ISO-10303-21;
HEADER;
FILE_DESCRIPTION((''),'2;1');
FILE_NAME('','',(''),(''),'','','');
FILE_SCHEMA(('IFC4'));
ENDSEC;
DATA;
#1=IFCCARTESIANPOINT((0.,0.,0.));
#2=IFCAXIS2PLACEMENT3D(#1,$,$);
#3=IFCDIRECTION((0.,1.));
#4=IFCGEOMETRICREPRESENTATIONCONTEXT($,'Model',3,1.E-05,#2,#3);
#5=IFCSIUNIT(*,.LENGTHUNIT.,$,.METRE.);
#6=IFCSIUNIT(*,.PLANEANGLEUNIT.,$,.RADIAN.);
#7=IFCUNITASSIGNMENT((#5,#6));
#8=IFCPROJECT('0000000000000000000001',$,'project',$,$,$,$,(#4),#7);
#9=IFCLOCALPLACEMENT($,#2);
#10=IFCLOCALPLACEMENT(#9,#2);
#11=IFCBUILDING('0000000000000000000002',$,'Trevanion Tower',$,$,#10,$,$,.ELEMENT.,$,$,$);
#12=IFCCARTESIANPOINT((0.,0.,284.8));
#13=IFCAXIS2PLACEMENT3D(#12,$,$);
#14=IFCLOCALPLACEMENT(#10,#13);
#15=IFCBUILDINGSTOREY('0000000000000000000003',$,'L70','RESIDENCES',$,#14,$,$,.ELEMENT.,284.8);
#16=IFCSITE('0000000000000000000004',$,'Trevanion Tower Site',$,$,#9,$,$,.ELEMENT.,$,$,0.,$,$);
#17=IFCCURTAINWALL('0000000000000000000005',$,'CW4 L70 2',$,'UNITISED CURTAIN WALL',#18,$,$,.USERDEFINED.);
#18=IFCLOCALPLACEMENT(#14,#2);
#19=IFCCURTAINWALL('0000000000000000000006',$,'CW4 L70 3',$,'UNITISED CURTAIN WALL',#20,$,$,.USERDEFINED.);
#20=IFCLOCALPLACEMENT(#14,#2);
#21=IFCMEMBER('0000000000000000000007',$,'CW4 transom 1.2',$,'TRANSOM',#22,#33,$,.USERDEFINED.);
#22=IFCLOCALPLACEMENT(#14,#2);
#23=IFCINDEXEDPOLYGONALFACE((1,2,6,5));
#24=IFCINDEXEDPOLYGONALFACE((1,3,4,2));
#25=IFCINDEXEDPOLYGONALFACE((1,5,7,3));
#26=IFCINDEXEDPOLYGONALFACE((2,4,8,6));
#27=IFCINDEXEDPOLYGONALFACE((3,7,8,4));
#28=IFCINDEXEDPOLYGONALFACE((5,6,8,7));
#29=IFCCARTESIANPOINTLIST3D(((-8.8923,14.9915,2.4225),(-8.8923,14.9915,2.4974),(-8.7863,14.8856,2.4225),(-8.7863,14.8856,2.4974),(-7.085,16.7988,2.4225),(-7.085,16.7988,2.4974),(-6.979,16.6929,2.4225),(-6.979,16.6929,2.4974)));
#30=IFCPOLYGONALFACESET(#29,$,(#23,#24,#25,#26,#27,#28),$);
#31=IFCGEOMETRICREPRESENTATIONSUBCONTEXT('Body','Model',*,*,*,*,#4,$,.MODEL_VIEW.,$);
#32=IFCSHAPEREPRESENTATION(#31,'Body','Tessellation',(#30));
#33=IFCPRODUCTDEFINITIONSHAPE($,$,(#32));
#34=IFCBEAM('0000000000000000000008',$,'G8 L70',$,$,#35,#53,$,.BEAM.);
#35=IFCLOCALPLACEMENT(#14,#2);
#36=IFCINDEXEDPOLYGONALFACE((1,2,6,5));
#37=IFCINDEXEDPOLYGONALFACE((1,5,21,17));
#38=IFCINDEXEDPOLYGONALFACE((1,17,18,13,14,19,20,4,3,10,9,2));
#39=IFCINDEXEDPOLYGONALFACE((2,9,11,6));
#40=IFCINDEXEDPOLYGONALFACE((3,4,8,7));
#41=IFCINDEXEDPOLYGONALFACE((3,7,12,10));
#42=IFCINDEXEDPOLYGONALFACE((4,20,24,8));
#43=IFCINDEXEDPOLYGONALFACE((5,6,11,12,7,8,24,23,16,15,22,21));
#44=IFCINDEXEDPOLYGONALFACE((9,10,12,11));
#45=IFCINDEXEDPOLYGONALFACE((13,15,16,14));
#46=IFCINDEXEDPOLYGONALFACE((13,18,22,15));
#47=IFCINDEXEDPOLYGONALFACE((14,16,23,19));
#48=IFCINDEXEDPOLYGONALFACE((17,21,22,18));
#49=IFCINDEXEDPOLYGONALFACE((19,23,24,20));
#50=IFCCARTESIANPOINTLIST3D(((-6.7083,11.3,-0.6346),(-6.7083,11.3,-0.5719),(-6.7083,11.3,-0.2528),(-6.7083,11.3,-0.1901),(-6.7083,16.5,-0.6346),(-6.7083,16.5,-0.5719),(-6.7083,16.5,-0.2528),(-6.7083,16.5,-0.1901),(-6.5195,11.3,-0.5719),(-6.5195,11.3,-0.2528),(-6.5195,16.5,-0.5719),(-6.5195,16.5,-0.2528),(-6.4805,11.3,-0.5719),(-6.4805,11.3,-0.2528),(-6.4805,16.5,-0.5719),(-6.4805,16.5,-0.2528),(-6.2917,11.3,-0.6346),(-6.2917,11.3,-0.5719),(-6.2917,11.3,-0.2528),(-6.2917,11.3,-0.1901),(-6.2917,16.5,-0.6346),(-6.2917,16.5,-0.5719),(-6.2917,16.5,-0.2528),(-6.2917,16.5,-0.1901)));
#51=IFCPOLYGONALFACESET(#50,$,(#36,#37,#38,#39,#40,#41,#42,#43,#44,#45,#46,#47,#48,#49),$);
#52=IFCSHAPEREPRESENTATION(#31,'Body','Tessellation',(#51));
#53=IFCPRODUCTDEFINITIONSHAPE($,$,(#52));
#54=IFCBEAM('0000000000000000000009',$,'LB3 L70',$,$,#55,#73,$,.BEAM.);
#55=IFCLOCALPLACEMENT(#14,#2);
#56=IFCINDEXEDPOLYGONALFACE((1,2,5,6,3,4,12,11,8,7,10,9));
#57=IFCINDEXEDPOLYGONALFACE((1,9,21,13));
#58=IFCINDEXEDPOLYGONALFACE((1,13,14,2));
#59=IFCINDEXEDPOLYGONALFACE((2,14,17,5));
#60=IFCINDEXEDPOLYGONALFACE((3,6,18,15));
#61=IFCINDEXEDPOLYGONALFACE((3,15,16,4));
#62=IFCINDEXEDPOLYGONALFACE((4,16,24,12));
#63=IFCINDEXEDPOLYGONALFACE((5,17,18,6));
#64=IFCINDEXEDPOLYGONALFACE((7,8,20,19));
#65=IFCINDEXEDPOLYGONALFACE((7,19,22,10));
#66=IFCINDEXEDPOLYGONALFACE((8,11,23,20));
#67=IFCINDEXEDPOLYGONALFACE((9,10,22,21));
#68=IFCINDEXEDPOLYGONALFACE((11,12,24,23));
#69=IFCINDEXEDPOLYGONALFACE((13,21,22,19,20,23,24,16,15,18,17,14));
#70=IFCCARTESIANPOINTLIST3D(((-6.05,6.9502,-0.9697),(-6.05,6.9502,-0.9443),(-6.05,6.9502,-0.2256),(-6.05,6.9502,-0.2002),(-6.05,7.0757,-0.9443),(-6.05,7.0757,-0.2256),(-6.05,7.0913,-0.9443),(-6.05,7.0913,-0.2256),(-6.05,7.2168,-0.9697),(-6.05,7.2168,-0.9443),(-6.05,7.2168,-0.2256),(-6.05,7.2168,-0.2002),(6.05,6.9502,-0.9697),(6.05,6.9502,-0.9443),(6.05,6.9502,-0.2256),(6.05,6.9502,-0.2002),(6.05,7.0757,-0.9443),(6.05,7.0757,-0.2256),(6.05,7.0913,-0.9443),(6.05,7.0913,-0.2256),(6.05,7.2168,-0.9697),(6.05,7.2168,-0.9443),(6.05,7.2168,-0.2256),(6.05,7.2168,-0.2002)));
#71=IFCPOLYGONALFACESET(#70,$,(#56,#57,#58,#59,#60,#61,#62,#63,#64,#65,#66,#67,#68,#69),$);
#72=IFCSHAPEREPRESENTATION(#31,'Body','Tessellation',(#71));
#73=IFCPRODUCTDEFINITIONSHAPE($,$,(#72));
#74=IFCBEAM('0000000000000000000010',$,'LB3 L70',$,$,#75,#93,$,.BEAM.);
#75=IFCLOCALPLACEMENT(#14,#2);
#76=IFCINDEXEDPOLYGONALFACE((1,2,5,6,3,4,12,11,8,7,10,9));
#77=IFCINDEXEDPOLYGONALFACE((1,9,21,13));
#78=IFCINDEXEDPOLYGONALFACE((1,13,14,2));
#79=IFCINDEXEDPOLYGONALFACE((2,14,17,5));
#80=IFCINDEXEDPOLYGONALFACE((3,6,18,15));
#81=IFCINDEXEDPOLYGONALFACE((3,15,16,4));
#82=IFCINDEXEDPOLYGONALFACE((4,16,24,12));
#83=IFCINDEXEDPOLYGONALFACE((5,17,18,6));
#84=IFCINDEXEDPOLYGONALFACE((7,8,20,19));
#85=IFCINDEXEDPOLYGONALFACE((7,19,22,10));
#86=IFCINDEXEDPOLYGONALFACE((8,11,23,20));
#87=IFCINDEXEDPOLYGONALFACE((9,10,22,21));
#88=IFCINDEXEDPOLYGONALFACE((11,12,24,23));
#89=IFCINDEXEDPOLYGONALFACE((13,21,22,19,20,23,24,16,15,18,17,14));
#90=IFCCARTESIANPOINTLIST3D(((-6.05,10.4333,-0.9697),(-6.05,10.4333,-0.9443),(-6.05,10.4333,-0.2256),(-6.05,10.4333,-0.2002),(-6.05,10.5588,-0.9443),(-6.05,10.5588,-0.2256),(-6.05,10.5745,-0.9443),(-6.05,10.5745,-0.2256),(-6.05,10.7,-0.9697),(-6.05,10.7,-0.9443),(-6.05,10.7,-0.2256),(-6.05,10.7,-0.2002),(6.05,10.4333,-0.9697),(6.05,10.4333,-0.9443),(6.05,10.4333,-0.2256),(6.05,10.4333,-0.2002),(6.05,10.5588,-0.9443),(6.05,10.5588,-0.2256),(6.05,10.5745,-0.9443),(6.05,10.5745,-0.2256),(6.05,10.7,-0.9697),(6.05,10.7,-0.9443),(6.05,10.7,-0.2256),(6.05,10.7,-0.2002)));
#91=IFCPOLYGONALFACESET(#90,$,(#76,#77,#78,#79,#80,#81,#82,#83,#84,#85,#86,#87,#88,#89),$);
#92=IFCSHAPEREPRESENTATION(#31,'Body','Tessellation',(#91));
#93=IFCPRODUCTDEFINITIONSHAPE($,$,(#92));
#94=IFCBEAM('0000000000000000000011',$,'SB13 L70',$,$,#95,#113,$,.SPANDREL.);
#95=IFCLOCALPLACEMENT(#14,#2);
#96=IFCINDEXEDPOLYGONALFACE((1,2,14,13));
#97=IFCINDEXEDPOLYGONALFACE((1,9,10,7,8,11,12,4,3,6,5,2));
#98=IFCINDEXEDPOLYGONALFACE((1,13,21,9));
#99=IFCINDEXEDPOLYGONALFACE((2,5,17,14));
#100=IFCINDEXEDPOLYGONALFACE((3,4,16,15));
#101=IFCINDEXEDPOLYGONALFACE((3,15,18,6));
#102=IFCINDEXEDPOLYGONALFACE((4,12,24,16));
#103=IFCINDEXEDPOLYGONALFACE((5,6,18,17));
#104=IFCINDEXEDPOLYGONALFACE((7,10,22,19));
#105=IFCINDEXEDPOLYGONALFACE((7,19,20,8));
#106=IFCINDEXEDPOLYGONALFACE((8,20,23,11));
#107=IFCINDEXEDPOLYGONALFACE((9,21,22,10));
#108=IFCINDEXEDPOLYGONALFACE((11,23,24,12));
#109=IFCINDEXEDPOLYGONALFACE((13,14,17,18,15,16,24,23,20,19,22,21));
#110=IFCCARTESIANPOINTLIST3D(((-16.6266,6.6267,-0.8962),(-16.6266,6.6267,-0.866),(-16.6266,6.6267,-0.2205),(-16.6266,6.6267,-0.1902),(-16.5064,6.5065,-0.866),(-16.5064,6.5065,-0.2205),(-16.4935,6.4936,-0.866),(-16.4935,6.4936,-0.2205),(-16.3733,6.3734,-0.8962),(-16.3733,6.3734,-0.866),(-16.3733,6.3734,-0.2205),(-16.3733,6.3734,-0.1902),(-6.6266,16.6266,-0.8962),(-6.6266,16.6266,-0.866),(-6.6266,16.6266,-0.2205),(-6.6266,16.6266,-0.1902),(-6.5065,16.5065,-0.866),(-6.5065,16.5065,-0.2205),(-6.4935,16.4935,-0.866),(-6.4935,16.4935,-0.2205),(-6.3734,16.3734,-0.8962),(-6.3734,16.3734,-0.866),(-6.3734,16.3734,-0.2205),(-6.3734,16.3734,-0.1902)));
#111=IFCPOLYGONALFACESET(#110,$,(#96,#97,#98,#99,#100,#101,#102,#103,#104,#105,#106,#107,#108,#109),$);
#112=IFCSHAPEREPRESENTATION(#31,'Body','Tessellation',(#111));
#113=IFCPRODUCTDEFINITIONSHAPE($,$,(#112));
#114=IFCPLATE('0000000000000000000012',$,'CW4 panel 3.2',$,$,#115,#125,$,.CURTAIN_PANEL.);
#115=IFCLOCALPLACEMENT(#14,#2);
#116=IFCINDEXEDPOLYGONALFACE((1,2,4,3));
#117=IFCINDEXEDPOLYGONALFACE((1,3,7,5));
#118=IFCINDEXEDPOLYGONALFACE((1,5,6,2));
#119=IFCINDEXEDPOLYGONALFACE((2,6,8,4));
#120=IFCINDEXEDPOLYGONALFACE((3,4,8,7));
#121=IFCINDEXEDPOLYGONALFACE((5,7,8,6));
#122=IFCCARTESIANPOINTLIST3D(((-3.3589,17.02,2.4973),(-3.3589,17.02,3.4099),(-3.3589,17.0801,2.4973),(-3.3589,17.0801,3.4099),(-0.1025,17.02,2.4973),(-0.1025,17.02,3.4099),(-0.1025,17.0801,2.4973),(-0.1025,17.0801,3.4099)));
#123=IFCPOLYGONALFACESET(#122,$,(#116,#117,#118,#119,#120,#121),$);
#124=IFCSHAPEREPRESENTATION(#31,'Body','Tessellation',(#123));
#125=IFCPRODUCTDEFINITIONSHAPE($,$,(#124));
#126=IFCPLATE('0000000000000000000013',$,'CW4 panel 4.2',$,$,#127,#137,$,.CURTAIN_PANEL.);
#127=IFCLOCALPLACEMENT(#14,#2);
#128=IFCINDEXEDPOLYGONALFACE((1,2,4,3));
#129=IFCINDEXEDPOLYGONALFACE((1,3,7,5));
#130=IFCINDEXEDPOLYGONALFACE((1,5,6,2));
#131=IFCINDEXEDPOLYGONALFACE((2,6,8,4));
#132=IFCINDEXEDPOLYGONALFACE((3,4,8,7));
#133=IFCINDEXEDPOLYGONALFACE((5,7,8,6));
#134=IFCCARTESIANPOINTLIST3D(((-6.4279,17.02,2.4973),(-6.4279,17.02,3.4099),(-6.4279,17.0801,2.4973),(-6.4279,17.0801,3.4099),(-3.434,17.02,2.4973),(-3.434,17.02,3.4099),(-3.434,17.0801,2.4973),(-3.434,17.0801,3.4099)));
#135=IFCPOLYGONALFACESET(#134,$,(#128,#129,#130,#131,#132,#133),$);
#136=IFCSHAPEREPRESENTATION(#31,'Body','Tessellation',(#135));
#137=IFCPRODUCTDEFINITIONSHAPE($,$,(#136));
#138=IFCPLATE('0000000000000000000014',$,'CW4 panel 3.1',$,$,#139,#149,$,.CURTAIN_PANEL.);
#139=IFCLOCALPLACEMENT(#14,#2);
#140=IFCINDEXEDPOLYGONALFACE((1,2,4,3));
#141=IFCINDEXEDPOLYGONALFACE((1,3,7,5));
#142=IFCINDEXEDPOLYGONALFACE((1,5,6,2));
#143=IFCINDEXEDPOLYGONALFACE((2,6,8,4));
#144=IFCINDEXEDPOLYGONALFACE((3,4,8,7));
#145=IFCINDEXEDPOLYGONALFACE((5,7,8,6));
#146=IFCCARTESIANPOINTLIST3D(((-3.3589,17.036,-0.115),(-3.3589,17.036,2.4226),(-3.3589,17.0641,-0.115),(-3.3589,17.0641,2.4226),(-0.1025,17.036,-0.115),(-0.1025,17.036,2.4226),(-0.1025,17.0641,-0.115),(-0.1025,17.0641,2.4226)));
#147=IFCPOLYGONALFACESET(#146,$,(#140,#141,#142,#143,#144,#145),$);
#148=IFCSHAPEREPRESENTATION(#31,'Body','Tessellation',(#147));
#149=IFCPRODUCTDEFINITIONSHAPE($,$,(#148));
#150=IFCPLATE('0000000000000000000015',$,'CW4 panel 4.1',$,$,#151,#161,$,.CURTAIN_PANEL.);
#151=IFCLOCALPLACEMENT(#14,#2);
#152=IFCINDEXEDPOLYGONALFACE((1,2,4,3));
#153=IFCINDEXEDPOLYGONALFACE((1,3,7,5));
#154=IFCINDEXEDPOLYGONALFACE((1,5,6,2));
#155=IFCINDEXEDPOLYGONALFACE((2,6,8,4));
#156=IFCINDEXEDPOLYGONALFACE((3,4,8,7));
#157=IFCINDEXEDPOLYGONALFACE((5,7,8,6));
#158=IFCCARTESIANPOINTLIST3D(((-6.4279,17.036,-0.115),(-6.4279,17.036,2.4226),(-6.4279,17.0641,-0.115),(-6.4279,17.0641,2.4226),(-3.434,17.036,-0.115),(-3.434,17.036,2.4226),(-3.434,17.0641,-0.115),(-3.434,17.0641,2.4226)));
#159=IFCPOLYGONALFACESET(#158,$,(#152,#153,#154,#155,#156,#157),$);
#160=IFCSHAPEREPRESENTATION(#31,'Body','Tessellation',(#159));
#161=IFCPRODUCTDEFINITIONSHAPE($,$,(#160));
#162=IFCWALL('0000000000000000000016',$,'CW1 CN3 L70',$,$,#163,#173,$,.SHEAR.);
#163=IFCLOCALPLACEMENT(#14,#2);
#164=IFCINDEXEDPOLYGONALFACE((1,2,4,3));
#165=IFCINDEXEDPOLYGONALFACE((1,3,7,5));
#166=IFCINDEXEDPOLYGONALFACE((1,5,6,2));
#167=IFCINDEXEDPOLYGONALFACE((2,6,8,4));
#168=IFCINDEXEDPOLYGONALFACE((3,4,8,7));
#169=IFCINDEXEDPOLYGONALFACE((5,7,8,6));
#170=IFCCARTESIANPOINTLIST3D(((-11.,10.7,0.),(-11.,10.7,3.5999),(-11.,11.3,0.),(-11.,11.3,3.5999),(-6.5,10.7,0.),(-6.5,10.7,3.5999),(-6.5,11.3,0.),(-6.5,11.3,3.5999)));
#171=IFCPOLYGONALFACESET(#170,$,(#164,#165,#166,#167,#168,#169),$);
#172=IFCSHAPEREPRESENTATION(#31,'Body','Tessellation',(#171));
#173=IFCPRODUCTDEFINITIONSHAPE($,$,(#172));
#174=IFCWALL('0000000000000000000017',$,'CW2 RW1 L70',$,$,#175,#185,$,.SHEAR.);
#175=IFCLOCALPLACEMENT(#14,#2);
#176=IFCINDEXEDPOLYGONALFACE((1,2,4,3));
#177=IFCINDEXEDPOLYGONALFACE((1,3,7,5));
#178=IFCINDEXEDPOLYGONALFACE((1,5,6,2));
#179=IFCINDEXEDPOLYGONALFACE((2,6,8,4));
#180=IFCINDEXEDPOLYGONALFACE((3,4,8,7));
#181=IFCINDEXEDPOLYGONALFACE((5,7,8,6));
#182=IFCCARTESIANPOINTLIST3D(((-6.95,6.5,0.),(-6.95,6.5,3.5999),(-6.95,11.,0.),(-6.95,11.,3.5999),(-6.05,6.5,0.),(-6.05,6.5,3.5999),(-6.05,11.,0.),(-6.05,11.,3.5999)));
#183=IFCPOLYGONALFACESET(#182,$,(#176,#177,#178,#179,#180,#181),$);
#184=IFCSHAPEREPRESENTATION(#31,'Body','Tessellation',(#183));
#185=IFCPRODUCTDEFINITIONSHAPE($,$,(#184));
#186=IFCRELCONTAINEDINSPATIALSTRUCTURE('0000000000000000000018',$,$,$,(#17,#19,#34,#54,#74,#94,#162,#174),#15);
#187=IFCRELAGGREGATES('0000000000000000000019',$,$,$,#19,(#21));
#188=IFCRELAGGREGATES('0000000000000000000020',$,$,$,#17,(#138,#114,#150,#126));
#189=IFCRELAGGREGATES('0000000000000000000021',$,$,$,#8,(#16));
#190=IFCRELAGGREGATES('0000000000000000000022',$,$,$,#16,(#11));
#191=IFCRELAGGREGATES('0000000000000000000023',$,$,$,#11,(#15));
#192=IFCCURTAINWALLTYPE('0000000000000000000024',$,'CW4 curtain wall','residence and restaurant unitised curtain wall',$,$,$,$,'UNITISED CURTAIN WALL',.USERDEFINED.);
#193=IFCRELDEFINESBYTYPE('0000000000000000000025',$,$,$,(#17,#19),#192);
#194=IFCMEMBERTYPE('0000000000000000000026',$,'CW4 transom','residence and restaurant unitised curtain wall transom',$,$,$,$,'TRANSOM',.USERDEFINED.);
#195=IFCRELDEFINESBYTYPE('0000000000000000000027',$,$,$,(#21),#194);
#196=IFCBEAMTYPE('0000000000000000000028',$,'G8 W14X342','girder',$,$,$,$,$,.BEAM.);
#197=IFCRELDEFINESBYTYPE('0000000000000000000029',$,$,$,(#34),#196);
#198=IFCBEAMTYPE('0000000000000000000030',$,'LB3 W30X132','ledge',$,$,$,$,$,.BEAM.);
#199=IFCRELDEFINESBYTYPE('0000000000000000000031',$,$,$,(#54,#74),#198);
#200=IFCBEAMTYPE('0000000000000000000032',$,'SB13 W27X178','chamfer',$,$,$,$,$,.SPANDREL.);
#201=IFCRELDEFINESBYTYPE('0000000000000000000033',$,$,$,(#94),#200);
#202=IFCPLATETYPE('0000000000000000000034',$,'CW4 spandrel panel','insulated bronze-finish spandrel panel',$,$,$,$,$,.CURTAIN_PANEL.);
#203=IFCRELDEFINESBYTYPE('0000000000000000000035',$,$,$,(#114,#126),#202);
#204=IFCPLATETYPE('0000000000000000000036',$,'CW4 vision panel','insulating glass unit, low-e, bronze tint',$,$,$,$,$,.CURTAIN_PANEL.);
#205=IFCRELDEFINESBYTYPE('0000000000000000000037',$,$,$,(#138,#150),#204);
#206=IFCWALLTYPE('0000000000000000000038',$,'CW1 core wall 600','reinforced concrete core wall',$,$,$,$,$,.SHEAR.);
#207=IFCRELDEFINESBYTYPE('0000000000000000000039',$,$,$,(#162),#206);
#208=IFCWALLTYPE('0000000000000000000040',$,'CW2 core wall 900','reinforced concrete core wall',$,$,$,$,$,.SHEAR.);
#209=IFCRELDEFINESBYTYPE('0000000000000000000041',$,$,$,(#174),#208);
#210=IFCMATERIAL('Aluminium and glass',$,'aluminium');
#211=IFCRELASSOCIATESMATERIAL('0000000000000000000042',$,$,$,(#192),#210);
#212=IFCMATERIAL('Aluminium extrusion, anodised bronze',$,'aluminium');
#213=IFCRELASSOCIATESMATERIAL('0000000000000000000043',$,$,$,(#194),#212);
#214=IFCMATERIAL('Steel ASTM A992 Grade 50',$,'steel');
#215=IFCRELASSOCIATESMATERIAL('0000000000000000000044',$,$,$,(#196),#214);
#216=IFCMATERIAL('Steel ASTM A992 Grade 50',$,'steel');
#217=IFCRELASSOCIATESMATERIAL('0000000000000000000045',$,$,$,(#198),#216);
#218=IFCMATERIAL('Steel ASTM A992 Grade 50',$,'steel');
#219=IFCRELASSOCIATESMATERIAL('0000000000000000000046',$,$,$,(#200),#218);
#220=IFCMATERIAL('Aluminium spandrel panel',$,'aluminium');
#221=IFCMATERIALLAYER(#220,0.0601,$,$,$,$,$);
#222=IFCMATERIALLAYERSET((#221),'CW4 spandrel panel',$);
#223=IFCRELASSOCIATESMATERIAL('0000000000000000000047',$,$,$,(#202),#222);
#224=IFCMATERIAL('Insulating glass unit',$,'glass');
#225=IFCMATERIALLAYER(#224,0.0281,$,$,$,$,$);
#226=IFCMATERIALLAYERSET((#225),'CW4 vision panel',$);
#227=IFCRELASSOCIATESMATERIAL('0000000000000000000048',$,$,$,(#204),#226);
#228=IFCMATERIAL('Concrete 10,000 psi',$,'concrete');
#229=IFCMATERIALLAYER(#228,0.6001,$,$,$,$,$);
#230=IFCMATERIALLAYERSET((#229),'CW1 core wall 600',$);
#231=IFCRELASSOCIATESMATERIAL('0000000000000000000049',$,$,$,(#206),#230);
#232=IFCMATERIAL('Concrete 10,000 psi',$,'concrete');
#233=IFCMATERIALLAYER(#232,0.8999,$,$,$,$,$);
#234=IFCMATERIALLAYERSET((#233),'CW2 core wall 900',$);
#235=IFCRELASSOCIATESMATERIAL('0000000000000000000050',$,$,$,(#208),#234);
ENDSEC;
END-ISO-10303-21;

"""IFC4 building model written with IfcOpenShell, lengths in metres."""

from ifc_helpers import new_model, si_unit, direction, frame, frame_2d, origin, origin_2d, place, context, subcontext, project, spatial, rectangle, i_section, extrude, material, layer, layer_set, material_profile, profile_set, type_object, element, aggregate, save


model = new_model("IFC4")

# Units and contexts
model_context = context("Model", 3, precision=1e-05, world=origin(), true_north=direction((0.0, 1.0)))
body_context = subcontext(model_context, "Body", "Model", "MODEL_VIEW")
ifc_project = project(units=[si_unit("LENGTHUNIT", "METRE"), si_unit("PLANEANGLEUNIT", "RADIAN")], contexts=[model_context])

# Site, building, storey
site_placement = place(None, origin())
site = spatial("IfcSite", under=ifc_project, at=site_placement, Name="Trevanion Tower Site", CompositionType="ELEMENT", RefElevation=0.0)
building_placement = place(site_placement, origin())
building = spatial("IfcBuilding", under=site, at=building_placement, Name="Trevanion Tower", CompositionType="ELEMENT")
storey_placement = place(building_placement, frame((0.0, 0.0, 284.8)))
storey = spatial("IfcBuildingStorey", under=building, at=storey_placement, Name="L70", Description="RESIDENCES", CompositionType="ELEMENT", Elevation=284.8)

# Curtain wall
ifc_material_1 = material(Name="Aluminium and glass", Category="aluminium")
curtain_wall_type = type_object("IfcCurtainWallType", Name="CW4 curtain wall", Description="residence and restaurant unitised curtain wall", ElementType="UNITISED CURTAIN WALL", PredefinedType="USERDEFINED", material=ifc_material_1)
curtain_wall_1_placement = place(storey_placement, origin())
curtain_wall_1 = element("IfcCurtainWall", 1, at=curtain_wall_1_placement, inside=storey, type_object=curtain_wall_type, Name="CW4 L70 2", ObjectType="UNITISED CURTAIN WALL", PredefinedType="USERDEFINED")

# Curtain wall
curtain_wall_2_placement = place(storey_placement, origin())
curtain_wall_2 = element("IfcCurtainWall", 2, at=curtain_wall_2_placement, inside=storey, type_object=curtain_wall_type, Name="CW4 L70 3", ObjectType="UNITISED CURTAIN WALL", PredefinedType="USERDEFINED")

# Member
ifc_material_2 = material(Name="Aluminium extrusion, anodised bronze", Category="aluminium")
ifc_material_profile_1 = material_profile(ifc_material_2, rectangle(XDim=0.1499, YDim=0.075, at=origin_2d()), Name="CW4 transom")
ifc_profile_set_1 = profile_set([ifc_material_profile_1], Name="Aluminium extrusion, anodised bronze")
member_type_1 = type_object("IfcMemberType", Name="CW4 transom", Description="residence and restaurant unitised curtain wall transom", ElementType="TRANSOM", PredefinedType="USERDEFINED", material=ifc_profile_set_1)
member_1_placement = place(storey_placement, frame((-7.032, 16.7458, 2.46), z_axis=(-0.707107, -0.707107, 0.0), x_axis=(0.707107, -0.707107, 0.0)))
member_1 = element("IfcMember", 3, at=member_1_placement, type_object=member_type_1, Name="CW4 transom 1.2", ObjectType="TRANSOM", PredefinedType="USERDEFINED", context=body_context, shape_type="SweptSolid", body=[
    extrude(rectangle(XDim=0.1499, YDim=0.075, at=origin_2d()), origin(), (0.0, 0.0, 1.0), 2.5559),
])
aggregate(curtain_wall_2, [member_1])

# Beams
ifc_material_3 = material(Name="Steel ASTM A992 Grade 50", Category="steel")
ifc_material_profile_2 = material_profile(ifc_material_3, i_section(OverallWidth=0.4165, OverallDepth=0.4446, WebThickness=0.0391, FlangeThickness=0.0627, at=origin_2d()), Name="W14X342")
ifc_profile_set_2 = profile_set([ifc_material_profile_2], Name="Steel ASTM A992 Grade 50")
beam_type_1 = type_object("IfcBeamType", Name="G8 W14X342", Description="girder", PredefinedType="BEAM", material=ifc_profile_set_2)
beam_1_placement = place(storey_placement, frame((-6.5, 11.3, -0.4124), z_axis=(0.0, 1.0, 0.0), x_axis=(-1.0, 0.0, 0.0)))
element("IfcBeam", 4, at=beam_1_placement, inside=storey, type_object=beam_type_1, Name="G8 L70", PredefinedType="BEAM", context=body_context, shape_type="SweptSolid", body=[
    extrude(i_section(OverallWidth=0.4165, OverallDepth=0.4446, WebThickness=0.0391, FlangeThickness=0.0627, at=origin_2d()), origin(), (0.0, 0.0, 1.0), 5.2),
])
ifc_material_4 = material(Name="Steel ASTM A992 Grade 50", Category="steel")
ifc_material_profile_3 = material_profile(ifc_material_4, i_section(OverallWidth=0.2666, OverallDepth=0.7695, WebThickness=0.0156, FlangeThickness=0.0254, at=origin_2d()), Name="W30X132")
ifc_profile_set_3 = profile_set([ifc_material_profile_3], Name="Steel ASTM A992 Grade 50")
beam_type_2 = type_object("IfcBeamType", Name="LB3 W30X132", Description="ledge", PredefinedType="BEAM", material=ifc_profile_set_3)
for number, where, z_axis, x_axis, name in (
    (5, (-6.05, 7.0835, -0.585), (1.0, 0.0, 0.0), (0.0, 1.0, 0.0), "LB3 L70"),
    (6, (-6.05, 10.5667, -0.585), (1.0, 0.0, 0.0), (0.0, 1.0, 0.0), "LB3 L70"),
):
    element("IfcBeam", number, at=place(storey_placement, frame(where, z_axis=z_axis, x_axis=x_axis)), inside=storey, type_object=beam_type_2, Name=name, PredefinedType="BEAM", context=body_context, shape_type="SweptSolid", body=[
        extrude(i_section(OverallWidth=0.2666, OverallDepth=0.7695, WebThickness=0.0156, FlangeThickness=0.0254, at=origin_2d()), origin(), (0.0, 0.0, 1.0), 12.1001),
    ])
ifc_material_5 = material(Name="Steel ASTM A992 Grade 50", Category="steel")
ifc_material_profile_4 = material_profile(ifc_material_5, i_section(OverallWidth=0.3582, OverallDepth=0.7061, WebThickness=0.0183, FlangeThickness=0.0303, at=origin_2d()), Name="W27X178")
ifc_profile_set_4 = profile_set([ifc_material_profile_4], Name="Steel ASTM A992 Grade 50")
beam_type_3 = type_object("IfcBeamType", Name="SB13 W27X178", Description="chamfer", PredefinedType="SPANDREL", material=ifc_profile_set_4)
beam_2_placement = place(storey_placement, frame((-6.5, 16.5, -0.5432), z_axis=(-0.707107, -0.707107, 0.0), x_axis=(0.707107, -0.707107, 0.0)))
element("IfcBeam", 7, at=beam_2_placement, inside=storey, type_object=beam_type_3, Name="SB13 L70", PredefinedType="SPANDREL", context=body_context, shape_type="SweptSolid", body=[
    extrude(i_section(OverallWidth=0.3582, OverallDepth=0.7061, WebThickness=0.0183, FlangeThickness=0.0303, at=origin_2d()), origin(), (0.0, 0.0, 1.0), 14.1421),
])

# Plates
ifc_material_6 = material(Name="Aluminium spandrel panel", Category="aluminium")
ifc_layer_1 = layer(ifc_material_6, 0.0601)
ifc_layer_set_1 = layer_set([ifc_layer_1], Name="CW4 spandrel panel")
plate_type_1 = type_object("IfcPlateType", Name="CW4 spandrel panel", Description="insulated bronze-finish spandrel panel", PredefinedType="CURTAIN_PANEL", material=ifc_layer_set_1)
plate_1_placement = place(storey_placement, frame((-1.7307, 17.05, 2.4973), z_axis=(0.0, 0.0, 1.0), x_axis=(-1.0, 0.0, 0.0)))
plate_1 = element("IfcPlate", 8, at=plate_1_placement, type_object=plate_type_1, Name="CW4 panel 3.2", PredefinedType="CURTAIN_PANEL", context=body_context, shape_type="SweptSolid", body=[
    extrude(rectangle(XDim=3.2563, YDim=0.0601, at=origin_2d()), origin(), (0.0, 0.0, 1.0), 0.9126),
])
plate_2_placement = place(storey_placement, frame((-4.9309, 17.05, 2.4973), z_axis=(0.0, 0.0, 1.0), x_axis=(-1.0, 0.0, 0.0)))
plate_2 = element("IfcPlate", 9, at=plate_2_placement, type_object=plate_type_1, Name="CW4 panel 4.2", PredefinedType="CURTAIN_PANEL", context=body_context, shape_type="SweptSolid", body=[
    extrude(rectangle(XDim=2.9939, YDim=0.0601, at=origin_2d()), origin(), (0.0, 0.0, 1.0), 0.9126),
])
ifc_material_7 = material(Name="Insulating glass unit", Category="glass")
ifc_layer_2 = layer(ifc_material_7, 0.0281)
ifc_layer_set_2 = layer_set([ifc_layer_2], Name="CW4 vision panel")
plate_type_2 = type_object("IfcPlateType", Name="CW4 vision panel", Description="insulating glass unit, low-e, bronze tint", PredefinedType="CURTAIN_PANEL", material=ifc_layer_set_2)
plate_3_placement = place(storey_placement, frame((-1.7307, 17.05, -0.115), z_axis=(0.0, 0.0, 1.0), x_axis=(-1.0, 0.0, 0.0)))
plate_3 = element("IfcPlate", 10, at=plate_3_placement, type_object=plate_type_2, Name="CW4 panel 3.1", PredefinedType="CURTAIN_PANEL", context=body_context, shape_type="SweptSolid", body=[
    extrude(rectangle(XDim=3.2563, YDim=0.0281, at=origin_2d()), origin(), (0.0, 0.0, 1.0), 2.5376),
])
plate_4_placement = place(storey_placement, frame((-4.9309, 17.05, -0.115), z_axis=(0.0, 0.0, 1.0), x_axis=(-1.0, 0.0, 0.0)))
plate_4 = element("IfcPlate", 11, at=plate_4_placement, type_object=plate_type_2, Name="CW4 panel 4.1", PredefinedType="CURTAIN_PANEL", context=body_context, shape_type="SweptSolid", body=[
    extrude(rectangle(XDim=2.9939, YDim=0.0281, at=origin_2d()), origin(), (0.0, 0.0, 1.0), 2.5376),
])
aggregate(curtain_wall_1, [plate_3, plate_1, plate_4, plate_2])

# Walls
ifc_material_8 = material(Name="Concrete 10,000 psi", Category="concrete")
ifc_layer_3 = layer(ifc_material_8, 0.6001)
ifc_layer_set_3 = layer_set([ifc_layer_3], Name="CW1 core wall 600")
wall_type_1 = type_object("IfcWallType", Name="CW1 core wall 600", Description="reinforced concrete core wall", PredefinedType="SHEAR", material=ifc_layer_set_3)
wall_1_placement = place(storey_placement, frame((-6.5, 11.0, 0.0), z_axis=(0.0, 0.0, 1.0), x_axis=(-1.0, 0.0, 0.0)))
element("IfcWall", 12, at=wall_1_placement, inside=storey, type_object=wall_type_1, Name="CW1 CN3 L70", PredefinedType="SHEAR", context=body_context, shape_type="SweptSolid", body=[
    extrude(rectangle(XDim=4.5, YDim=0.6001, at=frame_2d((2.25, 0.0))), origin(), (0.0, 0.0, 1.0), 3.5999),
])
ifc_material_9 = material(Name="Concrete 10,000 psi", Category="concrete")
ifc_layer_4 = layer(ifc_material_9, 0.8999)
ifc_layer_set_4 = layer_set([ifc_layer_4], Name="CW2 core wall 900")
wall_type_2 = type_object("IfcWallType", Name="CW2 core wall 900", Description="reinforced concrete core wall", PredefinedType="SHEAR", material=ifc_layer_set_4)
wall_2_placement = place(storey_placement, frame((-6.5, 11.0, 0.0), z_axis=(0.0, 0.0, 1.0), x_axis=(0.0, -1.0, 0.0)))
element("IfcWall", 13, at=wall_2_placement, inside=storey, type_object=wall_type_2, Name="CW2 RW1 L70", PredefinedType="SHEAR", context=body_context, shape_type="SweptSolid", body=[
    extrude(rectangle(XDim=4.5, YDim=0.8999, at=frame_2d((2.25, 0.0))), origin(), (0.0, 0.0, 1.0), 3.5999),
])

save(model, "model.ifc")
